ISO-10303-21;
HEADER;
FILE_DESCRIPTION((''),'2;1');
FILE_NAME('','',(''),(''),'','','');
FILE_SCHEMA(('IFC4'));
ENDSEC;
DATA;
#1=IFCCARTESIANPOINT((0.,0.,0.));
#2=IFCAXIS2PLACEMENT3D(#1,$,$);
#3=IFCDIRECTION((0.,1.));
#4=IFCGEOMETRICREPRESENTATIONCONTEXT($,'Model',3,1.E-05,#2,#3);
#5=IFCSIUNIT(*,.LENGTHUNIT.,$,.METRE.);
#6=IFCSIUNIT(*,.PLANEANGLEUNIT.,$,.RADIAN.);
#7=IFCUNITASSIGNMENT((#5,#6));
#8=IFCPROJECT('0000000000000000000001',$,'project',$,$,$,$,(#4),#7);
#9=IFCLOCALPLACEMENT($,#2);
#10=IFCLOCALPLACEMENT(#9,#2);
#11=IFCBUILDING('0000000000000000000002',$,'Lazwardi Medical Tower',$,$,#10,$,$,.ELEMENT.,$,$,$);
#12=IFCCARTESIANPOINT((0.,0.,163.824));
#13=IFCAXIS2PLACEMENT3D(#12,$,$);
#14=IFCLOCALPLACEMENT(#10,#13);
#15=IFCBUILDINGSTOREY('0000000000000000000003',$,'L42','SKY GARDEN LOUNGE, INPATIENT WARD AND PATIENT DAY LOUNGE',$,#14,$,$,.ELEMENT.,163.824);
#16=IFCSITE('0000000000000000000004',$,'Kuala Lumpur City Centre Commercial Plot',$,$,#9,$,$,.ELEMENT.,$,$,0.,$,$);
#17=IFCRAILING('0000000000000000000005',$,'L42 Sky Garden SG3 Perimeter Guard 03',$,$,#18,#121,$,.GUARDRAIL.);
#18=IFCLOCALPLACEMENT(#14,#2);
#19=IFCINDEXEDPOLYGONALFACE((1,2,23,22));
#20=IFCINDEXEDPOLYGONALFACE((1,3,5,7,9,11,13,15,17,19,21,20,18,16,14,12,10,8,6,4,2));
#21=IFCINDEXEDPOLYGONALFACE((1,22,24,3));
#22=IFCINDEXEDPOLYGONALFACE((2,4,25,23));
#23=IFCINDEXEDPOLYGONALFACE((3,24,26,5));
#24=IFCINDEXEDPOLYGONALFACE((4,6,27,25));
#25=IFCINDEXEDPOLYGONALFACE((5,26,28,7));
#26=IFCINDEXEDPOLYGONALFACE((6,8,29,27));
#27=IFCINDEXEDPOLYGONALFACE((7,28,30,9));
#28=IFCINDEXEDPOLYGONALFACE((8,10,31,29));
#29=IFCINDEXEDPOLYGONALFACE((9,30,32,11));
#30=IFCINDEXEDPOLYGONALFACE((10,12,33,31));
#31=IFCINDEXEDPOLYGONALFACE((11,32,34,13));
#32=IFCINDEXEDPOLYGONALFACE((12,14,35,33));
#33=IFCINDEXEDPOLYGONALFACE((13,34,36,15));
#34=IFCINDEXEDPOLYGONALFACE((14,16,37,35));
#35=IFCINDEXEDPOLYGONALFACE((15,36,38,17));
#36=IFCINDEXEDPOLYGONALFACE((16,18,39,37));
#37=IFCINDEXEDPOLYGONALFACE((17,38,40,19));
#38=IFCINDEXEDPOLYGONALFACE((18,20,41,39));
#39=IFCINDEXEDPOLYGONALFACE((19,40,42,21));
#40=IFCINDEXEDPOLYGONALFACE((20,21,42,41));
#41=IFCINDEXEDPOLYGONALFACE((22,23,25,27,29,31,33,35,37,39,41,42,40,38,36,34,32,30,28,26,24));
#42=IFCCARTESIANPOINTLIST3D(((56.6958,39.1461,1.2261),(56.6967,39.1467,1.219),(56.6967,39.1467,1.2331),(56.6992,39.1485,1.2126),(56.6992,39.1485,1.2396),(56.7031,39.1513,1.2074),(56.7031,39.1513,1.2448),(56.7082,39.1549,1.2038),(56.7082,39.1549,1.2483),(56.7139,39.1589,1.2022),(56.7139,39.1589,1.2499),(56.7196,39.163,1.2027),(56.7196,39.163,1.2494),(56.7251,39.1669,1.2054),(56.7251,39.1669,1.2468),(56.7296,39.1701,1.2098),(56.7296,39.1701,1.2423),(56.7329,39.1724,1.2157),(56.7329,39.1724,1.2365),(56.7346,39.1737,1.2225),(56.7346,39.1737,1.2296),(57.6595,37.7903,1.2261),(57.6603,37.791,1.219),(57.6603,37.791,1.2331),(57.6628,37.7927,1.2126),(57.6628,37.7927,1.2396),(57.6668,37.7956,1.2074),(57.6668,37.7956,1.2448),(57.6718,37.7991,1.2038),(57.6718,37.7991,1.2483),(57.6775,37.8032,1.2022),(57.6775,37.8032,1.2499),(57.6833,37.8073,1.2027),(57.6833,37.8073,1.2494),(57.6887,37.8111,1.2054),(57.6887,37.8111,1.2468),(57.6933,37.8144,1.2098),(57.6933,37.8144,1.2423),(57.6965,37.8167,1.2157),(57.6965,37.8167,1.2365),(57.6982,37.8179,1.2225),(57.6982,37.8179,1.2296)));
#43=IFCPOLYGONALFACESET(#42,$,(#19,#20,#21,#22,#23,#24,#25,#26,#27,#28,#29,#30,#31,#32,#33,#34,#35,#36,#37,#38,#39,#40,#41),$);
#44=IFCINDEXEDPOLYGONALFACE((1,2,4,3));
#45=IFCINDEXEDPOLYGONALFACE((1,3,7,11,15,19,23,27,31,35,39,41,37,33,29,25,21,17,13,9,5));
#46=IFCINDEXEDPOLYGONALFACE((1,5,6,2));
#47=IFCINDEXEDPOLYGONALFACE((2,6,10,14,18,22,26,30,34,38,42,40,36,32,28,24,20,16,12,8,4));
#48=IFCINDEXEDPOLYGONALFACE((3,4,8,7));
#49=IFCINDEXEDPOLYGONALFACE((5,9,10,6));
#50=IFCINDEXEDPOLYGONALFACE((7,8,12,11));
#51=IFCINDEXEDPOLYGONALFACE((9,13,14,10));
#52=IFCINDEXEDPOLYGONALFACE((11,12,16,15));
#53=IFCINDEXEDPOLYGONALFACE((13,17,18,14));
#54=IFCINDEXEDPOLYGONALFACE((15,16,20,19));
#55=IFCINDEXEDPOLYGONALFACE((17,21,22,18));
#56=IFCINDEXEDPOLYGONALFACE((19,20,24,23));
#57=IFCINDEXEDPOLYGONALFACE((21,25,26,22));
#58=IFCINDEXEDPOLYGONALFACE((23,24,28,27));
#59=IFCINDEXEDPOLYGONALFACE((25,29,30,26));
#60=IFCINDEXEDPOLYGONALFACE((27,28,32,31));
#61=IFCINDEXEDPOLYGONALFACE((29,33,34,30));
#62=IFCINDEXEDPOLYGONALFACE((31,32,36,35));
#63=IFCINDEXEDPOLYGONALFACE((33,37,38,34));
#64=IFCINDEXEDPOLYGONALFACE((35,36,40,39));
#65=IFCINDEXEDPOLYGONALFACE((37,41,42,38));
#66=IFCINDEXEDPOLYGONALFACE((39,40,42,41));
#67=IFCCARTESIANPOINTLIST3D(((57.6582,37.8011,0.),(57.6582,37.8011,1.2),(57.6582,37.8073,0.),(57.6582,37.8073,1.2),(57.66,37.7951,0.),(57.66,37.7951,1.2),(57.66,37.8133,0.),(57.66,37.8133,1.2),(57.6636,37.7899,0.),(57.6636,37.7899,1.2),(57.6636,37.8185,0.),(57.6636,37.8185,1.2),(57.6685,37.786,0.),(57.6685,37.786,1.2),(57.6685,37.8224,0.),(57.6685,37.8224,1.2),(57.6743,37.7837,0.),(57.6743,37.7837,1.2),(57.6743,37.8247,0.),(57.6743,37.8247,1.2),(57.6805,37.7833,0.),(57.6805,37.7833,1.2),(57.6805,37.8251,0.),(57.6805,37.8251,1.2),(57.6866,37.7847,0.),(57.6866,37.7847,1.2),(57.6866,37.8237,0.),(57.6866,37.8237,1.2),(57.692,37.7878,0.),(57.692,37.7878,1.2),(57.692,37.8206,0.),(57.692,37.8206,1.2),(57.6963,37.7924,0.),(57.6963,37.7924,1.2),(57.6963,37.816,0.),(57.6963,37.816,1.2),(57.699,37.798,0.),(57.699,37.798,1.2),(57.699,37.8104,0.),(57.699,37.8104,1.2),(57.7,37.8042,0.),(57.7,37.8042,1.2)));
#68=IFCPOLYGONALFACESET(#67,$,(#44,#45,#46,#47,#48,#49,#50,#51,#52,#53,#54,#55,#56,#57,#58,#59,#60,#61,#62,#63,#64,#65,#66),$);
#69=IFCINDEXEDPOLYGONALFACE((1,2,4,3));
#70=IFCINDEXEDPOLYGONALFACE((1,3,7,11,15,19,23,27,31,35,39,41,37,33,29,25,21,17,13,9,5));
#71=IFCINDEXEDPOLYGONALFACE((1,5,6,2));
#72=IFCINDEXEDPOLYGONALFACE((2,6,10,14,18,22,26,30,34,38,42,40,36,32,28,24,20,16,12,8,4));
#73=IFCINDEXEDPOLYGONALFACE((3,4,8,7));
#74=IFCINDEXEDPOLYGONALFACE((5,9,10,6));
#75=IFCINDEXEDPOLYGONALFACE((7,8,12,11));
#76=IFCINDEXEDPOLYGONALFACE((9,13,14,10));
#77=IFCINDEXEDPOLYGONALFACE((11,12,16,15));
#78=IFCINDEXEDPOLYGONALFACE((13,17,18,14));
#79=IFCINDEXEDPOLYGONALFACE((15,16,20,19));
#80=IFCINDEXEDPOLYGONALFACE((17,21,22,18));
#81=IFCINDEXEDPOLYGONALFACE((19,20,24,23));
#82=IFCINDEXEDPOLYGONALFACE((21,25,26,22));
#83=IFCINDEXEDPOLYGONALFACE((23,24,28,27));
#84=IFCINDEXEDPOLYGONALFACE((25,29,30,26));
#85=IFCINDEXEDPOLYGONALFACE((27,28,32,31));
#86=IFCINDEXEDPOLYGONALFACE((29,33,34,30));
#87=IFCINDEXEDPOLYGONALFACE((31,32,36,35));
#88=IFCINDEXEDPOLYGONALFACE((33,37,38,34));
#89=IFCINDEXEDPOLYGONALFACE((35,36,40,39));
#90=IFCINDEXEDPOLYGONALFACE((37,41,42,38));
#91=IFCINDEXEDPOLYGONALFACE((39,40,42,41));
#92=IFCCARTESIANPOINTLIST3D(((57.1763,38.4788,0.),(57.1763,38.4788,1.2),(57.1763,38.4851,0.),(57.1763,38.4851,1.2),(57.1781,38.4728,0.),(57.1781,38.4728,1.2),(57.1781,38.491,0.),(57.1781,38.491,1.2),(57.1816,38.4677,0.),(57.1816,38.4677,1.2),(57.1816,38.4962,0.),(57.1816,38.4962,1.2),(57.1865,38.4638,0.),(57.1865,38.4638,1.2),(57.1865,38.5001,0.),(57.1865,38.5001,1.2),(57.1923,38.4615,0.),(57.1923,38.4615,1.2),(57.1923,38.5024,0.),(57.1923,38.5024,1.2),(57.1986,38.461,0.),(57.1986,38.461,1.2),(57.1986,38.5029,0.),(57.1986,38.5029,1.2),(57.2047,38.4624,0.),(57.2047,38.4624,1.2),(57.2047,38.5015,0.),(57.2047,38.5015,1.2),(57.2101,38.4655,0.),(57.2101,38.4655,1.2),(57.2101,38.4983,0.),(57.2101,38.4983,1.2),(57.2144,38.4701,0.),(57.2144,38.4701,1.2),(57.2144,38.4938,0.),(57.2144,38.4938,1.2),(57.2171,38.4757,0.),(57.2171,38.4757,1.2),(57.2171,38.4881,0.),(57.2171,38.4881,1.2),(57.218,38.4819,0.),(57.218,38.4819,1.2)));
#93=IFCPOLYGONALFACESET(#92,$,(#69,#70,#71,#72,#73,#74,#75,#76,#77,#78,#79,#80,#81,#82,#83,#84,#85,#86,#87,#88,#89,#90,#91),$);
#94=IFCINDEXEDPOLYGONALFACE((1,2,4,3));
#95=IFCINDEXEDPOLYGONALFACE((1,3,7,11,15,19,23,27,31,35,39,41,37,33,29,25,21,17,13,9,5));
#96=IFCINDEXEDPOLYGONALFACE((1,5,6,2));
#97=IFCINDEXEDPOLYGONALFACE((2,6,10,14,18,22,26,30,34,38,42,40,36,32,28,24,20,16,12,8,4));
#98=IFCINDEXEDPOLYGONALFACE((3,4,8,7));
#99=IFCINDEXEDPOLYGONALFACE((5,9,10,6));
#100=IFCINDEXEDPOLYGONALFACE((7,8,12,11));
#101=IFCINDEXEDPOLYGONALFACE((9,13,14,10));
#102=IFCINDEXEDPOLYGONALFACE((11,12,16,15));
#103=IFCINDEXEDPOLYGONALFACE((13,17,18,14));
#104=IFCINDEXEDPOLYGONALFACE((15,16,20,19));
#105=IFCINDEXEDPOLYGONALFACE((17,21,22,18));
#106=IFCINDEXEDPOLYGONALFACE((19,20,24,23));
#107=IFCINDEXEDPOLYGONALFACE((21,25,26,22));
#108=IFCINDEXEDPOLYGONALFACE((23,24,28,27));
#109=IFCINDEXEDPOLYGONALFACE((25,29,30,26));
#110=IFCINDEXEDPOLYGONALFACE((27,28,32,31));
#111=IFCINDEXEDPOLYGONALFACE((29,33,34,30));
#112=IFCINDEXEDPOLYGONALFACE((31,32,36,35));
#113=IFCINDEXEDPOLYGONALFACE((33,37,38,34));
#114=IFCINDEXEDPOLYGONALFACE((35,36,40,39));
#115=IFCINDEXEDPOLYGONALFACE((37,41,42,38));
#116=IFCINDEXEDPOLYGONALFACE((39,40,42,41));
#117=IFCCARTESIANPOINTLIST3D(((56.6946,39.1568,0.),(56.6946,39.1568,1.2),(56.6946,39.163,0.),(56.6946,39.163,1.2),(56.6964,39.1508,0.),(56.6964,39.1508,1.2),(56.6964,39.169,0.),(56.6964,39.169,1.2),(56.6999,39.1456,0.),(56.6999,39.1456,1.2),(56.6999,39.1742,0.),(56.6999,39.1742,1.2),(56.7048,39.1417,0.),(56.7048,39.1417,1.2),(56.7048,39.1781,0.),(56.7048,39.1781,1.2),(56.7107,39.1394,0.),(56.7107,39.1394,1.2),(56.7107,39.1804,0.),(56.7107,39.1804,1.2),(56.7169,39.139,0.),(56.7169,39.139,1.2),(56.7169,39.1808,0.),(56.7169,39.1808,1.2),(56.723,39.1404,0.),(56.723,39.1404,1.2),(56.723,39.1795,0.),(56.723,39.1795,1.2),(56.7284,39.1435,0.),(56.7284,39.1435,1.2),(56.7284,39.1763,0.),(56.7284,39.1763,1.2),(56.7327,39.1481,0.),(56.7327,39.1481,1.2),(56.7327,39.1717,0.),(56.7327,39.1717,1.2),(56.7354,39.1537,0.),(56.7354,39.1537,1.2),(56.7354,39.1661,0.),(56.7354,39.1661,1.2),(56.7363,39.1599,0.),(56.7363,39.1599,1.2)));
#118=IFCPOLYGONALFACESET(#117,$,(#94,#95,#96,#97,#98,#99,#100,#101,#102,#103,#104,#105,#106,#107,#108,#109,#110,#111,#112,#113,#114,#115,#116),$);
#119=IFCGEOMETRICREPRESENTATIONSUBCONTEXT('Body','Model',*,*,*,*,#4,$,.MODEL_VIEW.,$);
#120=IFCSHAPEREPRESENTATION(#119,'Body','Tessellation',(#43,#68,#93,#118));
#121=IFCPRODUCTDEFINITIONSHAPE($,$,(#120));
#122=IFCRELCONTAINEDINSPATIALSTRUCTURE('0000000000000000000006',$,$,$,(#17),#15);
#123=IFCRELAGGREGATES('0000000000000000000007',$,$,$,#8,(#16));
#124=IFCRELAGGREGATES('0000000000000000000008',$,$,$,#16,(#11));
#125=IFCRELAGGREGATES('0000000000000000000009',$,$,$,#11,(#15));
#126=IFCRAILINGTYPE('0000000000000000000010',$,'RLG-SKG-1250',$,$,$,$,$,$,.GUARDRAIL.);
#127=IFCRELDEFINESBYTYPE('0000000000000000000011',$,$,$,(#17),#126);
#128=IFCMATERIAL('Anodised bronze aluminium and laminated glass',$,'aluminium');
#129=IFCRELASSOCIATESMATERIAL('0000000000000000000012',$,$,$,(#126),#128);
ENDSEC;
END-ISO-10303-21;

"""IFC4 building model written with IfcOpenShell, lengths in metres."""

from ifc_helpers import new_model, si_unit, direction, frame, origin, origin_2d, place, context, subcontext, project, spatial, circle, extrude, material, type_object, element, save


model = new_model("IFC4")

# Units and contexts
model_context = context("Model", 3, precision=1e-05, world=origin(), true_north=direction((0.0, 1.0)))
body_context = subcontext(model_context, "Body", "Model", "MODEL_VIEW")
ifc_project = project(units=[si_unit("LENGTHUNIT", "METRE"), si_unit("PLANEANGLEUNIT", "RADIAN")], contexts=[model_context])

# Site, building, storey
site_placement = place(None, origin())
site = spatial("IfcSite", under=ifc_project, at=site_placement, Name="Kuala Lumpur City Centre Commercial Plot", CompositionType="ELEMENT", RefElevation=0.0)
building_placement = place(site_placement, origin())
building = spatial("IfcBuilding", under=site, at=building_placement, Name="Lazwardi Medical Tower", CompositionType="ELEMENT")
storey_placement = place(building_placement, frame((0.0, 0.0, 163.824)))
storey = spatial("IfcBuildingStorey", under=building, at=storey_placement, Name="L42", Description="SKY GARDEN LOUNGE, INPATIENT WARD AND PATIENT DAY LOUNGE", CompositionType="ELEMENT", Elevation=163.824)

# Railing
ifc_material_1 = material(Name="Anodised bronze aluminium and laminated glass", Category="aluminium")
railing_type = type_object("IfcRailingType", Name="RLG-SKG-1250", PredefinedType="GUARDRAIL", material=ifc_material_1)
railing_1_placement = place(storey_placement, frame((57.679, 37.8042, 0.0)))
element("IfcRailing", 1, at=railing_1_placement, inside=storey, type_object=railing_type, Name="L42 Sky Garden SG3 Perimeter Guard 03", PredefinedType="GUARDRAIL", context=body_context, shape_type="SweptSolid", body=[
    extrude(circle(Radius=0.0239, at=origin_2d()), frame((0.0, 0.0, 1.2261), z_axis=(-0.579348, 0.81508, 0.0), x_axis=(-0.81508, -0.579348, 0.0)), (0.0, 0.0, 1.0), 1.6633),
    extrude(circle(Radius=0.021, at=origin_2d()), origin(), (0.0, 0.0, 1.0), 1.2),
    extrude(circle(Radius=0.021, at=origin_2d()), frame((-0.4819, 0.6777, 0.0)), (0.0, 0.0, 1.0), 1.2),
    extrude(circle(Radius=0.021, at=origin_2d()), frame((-0.9636, 1.3557, 0.0)), (0.0, 0.0, 1.0), 1.2),
])

save(model, "model.ifc")
